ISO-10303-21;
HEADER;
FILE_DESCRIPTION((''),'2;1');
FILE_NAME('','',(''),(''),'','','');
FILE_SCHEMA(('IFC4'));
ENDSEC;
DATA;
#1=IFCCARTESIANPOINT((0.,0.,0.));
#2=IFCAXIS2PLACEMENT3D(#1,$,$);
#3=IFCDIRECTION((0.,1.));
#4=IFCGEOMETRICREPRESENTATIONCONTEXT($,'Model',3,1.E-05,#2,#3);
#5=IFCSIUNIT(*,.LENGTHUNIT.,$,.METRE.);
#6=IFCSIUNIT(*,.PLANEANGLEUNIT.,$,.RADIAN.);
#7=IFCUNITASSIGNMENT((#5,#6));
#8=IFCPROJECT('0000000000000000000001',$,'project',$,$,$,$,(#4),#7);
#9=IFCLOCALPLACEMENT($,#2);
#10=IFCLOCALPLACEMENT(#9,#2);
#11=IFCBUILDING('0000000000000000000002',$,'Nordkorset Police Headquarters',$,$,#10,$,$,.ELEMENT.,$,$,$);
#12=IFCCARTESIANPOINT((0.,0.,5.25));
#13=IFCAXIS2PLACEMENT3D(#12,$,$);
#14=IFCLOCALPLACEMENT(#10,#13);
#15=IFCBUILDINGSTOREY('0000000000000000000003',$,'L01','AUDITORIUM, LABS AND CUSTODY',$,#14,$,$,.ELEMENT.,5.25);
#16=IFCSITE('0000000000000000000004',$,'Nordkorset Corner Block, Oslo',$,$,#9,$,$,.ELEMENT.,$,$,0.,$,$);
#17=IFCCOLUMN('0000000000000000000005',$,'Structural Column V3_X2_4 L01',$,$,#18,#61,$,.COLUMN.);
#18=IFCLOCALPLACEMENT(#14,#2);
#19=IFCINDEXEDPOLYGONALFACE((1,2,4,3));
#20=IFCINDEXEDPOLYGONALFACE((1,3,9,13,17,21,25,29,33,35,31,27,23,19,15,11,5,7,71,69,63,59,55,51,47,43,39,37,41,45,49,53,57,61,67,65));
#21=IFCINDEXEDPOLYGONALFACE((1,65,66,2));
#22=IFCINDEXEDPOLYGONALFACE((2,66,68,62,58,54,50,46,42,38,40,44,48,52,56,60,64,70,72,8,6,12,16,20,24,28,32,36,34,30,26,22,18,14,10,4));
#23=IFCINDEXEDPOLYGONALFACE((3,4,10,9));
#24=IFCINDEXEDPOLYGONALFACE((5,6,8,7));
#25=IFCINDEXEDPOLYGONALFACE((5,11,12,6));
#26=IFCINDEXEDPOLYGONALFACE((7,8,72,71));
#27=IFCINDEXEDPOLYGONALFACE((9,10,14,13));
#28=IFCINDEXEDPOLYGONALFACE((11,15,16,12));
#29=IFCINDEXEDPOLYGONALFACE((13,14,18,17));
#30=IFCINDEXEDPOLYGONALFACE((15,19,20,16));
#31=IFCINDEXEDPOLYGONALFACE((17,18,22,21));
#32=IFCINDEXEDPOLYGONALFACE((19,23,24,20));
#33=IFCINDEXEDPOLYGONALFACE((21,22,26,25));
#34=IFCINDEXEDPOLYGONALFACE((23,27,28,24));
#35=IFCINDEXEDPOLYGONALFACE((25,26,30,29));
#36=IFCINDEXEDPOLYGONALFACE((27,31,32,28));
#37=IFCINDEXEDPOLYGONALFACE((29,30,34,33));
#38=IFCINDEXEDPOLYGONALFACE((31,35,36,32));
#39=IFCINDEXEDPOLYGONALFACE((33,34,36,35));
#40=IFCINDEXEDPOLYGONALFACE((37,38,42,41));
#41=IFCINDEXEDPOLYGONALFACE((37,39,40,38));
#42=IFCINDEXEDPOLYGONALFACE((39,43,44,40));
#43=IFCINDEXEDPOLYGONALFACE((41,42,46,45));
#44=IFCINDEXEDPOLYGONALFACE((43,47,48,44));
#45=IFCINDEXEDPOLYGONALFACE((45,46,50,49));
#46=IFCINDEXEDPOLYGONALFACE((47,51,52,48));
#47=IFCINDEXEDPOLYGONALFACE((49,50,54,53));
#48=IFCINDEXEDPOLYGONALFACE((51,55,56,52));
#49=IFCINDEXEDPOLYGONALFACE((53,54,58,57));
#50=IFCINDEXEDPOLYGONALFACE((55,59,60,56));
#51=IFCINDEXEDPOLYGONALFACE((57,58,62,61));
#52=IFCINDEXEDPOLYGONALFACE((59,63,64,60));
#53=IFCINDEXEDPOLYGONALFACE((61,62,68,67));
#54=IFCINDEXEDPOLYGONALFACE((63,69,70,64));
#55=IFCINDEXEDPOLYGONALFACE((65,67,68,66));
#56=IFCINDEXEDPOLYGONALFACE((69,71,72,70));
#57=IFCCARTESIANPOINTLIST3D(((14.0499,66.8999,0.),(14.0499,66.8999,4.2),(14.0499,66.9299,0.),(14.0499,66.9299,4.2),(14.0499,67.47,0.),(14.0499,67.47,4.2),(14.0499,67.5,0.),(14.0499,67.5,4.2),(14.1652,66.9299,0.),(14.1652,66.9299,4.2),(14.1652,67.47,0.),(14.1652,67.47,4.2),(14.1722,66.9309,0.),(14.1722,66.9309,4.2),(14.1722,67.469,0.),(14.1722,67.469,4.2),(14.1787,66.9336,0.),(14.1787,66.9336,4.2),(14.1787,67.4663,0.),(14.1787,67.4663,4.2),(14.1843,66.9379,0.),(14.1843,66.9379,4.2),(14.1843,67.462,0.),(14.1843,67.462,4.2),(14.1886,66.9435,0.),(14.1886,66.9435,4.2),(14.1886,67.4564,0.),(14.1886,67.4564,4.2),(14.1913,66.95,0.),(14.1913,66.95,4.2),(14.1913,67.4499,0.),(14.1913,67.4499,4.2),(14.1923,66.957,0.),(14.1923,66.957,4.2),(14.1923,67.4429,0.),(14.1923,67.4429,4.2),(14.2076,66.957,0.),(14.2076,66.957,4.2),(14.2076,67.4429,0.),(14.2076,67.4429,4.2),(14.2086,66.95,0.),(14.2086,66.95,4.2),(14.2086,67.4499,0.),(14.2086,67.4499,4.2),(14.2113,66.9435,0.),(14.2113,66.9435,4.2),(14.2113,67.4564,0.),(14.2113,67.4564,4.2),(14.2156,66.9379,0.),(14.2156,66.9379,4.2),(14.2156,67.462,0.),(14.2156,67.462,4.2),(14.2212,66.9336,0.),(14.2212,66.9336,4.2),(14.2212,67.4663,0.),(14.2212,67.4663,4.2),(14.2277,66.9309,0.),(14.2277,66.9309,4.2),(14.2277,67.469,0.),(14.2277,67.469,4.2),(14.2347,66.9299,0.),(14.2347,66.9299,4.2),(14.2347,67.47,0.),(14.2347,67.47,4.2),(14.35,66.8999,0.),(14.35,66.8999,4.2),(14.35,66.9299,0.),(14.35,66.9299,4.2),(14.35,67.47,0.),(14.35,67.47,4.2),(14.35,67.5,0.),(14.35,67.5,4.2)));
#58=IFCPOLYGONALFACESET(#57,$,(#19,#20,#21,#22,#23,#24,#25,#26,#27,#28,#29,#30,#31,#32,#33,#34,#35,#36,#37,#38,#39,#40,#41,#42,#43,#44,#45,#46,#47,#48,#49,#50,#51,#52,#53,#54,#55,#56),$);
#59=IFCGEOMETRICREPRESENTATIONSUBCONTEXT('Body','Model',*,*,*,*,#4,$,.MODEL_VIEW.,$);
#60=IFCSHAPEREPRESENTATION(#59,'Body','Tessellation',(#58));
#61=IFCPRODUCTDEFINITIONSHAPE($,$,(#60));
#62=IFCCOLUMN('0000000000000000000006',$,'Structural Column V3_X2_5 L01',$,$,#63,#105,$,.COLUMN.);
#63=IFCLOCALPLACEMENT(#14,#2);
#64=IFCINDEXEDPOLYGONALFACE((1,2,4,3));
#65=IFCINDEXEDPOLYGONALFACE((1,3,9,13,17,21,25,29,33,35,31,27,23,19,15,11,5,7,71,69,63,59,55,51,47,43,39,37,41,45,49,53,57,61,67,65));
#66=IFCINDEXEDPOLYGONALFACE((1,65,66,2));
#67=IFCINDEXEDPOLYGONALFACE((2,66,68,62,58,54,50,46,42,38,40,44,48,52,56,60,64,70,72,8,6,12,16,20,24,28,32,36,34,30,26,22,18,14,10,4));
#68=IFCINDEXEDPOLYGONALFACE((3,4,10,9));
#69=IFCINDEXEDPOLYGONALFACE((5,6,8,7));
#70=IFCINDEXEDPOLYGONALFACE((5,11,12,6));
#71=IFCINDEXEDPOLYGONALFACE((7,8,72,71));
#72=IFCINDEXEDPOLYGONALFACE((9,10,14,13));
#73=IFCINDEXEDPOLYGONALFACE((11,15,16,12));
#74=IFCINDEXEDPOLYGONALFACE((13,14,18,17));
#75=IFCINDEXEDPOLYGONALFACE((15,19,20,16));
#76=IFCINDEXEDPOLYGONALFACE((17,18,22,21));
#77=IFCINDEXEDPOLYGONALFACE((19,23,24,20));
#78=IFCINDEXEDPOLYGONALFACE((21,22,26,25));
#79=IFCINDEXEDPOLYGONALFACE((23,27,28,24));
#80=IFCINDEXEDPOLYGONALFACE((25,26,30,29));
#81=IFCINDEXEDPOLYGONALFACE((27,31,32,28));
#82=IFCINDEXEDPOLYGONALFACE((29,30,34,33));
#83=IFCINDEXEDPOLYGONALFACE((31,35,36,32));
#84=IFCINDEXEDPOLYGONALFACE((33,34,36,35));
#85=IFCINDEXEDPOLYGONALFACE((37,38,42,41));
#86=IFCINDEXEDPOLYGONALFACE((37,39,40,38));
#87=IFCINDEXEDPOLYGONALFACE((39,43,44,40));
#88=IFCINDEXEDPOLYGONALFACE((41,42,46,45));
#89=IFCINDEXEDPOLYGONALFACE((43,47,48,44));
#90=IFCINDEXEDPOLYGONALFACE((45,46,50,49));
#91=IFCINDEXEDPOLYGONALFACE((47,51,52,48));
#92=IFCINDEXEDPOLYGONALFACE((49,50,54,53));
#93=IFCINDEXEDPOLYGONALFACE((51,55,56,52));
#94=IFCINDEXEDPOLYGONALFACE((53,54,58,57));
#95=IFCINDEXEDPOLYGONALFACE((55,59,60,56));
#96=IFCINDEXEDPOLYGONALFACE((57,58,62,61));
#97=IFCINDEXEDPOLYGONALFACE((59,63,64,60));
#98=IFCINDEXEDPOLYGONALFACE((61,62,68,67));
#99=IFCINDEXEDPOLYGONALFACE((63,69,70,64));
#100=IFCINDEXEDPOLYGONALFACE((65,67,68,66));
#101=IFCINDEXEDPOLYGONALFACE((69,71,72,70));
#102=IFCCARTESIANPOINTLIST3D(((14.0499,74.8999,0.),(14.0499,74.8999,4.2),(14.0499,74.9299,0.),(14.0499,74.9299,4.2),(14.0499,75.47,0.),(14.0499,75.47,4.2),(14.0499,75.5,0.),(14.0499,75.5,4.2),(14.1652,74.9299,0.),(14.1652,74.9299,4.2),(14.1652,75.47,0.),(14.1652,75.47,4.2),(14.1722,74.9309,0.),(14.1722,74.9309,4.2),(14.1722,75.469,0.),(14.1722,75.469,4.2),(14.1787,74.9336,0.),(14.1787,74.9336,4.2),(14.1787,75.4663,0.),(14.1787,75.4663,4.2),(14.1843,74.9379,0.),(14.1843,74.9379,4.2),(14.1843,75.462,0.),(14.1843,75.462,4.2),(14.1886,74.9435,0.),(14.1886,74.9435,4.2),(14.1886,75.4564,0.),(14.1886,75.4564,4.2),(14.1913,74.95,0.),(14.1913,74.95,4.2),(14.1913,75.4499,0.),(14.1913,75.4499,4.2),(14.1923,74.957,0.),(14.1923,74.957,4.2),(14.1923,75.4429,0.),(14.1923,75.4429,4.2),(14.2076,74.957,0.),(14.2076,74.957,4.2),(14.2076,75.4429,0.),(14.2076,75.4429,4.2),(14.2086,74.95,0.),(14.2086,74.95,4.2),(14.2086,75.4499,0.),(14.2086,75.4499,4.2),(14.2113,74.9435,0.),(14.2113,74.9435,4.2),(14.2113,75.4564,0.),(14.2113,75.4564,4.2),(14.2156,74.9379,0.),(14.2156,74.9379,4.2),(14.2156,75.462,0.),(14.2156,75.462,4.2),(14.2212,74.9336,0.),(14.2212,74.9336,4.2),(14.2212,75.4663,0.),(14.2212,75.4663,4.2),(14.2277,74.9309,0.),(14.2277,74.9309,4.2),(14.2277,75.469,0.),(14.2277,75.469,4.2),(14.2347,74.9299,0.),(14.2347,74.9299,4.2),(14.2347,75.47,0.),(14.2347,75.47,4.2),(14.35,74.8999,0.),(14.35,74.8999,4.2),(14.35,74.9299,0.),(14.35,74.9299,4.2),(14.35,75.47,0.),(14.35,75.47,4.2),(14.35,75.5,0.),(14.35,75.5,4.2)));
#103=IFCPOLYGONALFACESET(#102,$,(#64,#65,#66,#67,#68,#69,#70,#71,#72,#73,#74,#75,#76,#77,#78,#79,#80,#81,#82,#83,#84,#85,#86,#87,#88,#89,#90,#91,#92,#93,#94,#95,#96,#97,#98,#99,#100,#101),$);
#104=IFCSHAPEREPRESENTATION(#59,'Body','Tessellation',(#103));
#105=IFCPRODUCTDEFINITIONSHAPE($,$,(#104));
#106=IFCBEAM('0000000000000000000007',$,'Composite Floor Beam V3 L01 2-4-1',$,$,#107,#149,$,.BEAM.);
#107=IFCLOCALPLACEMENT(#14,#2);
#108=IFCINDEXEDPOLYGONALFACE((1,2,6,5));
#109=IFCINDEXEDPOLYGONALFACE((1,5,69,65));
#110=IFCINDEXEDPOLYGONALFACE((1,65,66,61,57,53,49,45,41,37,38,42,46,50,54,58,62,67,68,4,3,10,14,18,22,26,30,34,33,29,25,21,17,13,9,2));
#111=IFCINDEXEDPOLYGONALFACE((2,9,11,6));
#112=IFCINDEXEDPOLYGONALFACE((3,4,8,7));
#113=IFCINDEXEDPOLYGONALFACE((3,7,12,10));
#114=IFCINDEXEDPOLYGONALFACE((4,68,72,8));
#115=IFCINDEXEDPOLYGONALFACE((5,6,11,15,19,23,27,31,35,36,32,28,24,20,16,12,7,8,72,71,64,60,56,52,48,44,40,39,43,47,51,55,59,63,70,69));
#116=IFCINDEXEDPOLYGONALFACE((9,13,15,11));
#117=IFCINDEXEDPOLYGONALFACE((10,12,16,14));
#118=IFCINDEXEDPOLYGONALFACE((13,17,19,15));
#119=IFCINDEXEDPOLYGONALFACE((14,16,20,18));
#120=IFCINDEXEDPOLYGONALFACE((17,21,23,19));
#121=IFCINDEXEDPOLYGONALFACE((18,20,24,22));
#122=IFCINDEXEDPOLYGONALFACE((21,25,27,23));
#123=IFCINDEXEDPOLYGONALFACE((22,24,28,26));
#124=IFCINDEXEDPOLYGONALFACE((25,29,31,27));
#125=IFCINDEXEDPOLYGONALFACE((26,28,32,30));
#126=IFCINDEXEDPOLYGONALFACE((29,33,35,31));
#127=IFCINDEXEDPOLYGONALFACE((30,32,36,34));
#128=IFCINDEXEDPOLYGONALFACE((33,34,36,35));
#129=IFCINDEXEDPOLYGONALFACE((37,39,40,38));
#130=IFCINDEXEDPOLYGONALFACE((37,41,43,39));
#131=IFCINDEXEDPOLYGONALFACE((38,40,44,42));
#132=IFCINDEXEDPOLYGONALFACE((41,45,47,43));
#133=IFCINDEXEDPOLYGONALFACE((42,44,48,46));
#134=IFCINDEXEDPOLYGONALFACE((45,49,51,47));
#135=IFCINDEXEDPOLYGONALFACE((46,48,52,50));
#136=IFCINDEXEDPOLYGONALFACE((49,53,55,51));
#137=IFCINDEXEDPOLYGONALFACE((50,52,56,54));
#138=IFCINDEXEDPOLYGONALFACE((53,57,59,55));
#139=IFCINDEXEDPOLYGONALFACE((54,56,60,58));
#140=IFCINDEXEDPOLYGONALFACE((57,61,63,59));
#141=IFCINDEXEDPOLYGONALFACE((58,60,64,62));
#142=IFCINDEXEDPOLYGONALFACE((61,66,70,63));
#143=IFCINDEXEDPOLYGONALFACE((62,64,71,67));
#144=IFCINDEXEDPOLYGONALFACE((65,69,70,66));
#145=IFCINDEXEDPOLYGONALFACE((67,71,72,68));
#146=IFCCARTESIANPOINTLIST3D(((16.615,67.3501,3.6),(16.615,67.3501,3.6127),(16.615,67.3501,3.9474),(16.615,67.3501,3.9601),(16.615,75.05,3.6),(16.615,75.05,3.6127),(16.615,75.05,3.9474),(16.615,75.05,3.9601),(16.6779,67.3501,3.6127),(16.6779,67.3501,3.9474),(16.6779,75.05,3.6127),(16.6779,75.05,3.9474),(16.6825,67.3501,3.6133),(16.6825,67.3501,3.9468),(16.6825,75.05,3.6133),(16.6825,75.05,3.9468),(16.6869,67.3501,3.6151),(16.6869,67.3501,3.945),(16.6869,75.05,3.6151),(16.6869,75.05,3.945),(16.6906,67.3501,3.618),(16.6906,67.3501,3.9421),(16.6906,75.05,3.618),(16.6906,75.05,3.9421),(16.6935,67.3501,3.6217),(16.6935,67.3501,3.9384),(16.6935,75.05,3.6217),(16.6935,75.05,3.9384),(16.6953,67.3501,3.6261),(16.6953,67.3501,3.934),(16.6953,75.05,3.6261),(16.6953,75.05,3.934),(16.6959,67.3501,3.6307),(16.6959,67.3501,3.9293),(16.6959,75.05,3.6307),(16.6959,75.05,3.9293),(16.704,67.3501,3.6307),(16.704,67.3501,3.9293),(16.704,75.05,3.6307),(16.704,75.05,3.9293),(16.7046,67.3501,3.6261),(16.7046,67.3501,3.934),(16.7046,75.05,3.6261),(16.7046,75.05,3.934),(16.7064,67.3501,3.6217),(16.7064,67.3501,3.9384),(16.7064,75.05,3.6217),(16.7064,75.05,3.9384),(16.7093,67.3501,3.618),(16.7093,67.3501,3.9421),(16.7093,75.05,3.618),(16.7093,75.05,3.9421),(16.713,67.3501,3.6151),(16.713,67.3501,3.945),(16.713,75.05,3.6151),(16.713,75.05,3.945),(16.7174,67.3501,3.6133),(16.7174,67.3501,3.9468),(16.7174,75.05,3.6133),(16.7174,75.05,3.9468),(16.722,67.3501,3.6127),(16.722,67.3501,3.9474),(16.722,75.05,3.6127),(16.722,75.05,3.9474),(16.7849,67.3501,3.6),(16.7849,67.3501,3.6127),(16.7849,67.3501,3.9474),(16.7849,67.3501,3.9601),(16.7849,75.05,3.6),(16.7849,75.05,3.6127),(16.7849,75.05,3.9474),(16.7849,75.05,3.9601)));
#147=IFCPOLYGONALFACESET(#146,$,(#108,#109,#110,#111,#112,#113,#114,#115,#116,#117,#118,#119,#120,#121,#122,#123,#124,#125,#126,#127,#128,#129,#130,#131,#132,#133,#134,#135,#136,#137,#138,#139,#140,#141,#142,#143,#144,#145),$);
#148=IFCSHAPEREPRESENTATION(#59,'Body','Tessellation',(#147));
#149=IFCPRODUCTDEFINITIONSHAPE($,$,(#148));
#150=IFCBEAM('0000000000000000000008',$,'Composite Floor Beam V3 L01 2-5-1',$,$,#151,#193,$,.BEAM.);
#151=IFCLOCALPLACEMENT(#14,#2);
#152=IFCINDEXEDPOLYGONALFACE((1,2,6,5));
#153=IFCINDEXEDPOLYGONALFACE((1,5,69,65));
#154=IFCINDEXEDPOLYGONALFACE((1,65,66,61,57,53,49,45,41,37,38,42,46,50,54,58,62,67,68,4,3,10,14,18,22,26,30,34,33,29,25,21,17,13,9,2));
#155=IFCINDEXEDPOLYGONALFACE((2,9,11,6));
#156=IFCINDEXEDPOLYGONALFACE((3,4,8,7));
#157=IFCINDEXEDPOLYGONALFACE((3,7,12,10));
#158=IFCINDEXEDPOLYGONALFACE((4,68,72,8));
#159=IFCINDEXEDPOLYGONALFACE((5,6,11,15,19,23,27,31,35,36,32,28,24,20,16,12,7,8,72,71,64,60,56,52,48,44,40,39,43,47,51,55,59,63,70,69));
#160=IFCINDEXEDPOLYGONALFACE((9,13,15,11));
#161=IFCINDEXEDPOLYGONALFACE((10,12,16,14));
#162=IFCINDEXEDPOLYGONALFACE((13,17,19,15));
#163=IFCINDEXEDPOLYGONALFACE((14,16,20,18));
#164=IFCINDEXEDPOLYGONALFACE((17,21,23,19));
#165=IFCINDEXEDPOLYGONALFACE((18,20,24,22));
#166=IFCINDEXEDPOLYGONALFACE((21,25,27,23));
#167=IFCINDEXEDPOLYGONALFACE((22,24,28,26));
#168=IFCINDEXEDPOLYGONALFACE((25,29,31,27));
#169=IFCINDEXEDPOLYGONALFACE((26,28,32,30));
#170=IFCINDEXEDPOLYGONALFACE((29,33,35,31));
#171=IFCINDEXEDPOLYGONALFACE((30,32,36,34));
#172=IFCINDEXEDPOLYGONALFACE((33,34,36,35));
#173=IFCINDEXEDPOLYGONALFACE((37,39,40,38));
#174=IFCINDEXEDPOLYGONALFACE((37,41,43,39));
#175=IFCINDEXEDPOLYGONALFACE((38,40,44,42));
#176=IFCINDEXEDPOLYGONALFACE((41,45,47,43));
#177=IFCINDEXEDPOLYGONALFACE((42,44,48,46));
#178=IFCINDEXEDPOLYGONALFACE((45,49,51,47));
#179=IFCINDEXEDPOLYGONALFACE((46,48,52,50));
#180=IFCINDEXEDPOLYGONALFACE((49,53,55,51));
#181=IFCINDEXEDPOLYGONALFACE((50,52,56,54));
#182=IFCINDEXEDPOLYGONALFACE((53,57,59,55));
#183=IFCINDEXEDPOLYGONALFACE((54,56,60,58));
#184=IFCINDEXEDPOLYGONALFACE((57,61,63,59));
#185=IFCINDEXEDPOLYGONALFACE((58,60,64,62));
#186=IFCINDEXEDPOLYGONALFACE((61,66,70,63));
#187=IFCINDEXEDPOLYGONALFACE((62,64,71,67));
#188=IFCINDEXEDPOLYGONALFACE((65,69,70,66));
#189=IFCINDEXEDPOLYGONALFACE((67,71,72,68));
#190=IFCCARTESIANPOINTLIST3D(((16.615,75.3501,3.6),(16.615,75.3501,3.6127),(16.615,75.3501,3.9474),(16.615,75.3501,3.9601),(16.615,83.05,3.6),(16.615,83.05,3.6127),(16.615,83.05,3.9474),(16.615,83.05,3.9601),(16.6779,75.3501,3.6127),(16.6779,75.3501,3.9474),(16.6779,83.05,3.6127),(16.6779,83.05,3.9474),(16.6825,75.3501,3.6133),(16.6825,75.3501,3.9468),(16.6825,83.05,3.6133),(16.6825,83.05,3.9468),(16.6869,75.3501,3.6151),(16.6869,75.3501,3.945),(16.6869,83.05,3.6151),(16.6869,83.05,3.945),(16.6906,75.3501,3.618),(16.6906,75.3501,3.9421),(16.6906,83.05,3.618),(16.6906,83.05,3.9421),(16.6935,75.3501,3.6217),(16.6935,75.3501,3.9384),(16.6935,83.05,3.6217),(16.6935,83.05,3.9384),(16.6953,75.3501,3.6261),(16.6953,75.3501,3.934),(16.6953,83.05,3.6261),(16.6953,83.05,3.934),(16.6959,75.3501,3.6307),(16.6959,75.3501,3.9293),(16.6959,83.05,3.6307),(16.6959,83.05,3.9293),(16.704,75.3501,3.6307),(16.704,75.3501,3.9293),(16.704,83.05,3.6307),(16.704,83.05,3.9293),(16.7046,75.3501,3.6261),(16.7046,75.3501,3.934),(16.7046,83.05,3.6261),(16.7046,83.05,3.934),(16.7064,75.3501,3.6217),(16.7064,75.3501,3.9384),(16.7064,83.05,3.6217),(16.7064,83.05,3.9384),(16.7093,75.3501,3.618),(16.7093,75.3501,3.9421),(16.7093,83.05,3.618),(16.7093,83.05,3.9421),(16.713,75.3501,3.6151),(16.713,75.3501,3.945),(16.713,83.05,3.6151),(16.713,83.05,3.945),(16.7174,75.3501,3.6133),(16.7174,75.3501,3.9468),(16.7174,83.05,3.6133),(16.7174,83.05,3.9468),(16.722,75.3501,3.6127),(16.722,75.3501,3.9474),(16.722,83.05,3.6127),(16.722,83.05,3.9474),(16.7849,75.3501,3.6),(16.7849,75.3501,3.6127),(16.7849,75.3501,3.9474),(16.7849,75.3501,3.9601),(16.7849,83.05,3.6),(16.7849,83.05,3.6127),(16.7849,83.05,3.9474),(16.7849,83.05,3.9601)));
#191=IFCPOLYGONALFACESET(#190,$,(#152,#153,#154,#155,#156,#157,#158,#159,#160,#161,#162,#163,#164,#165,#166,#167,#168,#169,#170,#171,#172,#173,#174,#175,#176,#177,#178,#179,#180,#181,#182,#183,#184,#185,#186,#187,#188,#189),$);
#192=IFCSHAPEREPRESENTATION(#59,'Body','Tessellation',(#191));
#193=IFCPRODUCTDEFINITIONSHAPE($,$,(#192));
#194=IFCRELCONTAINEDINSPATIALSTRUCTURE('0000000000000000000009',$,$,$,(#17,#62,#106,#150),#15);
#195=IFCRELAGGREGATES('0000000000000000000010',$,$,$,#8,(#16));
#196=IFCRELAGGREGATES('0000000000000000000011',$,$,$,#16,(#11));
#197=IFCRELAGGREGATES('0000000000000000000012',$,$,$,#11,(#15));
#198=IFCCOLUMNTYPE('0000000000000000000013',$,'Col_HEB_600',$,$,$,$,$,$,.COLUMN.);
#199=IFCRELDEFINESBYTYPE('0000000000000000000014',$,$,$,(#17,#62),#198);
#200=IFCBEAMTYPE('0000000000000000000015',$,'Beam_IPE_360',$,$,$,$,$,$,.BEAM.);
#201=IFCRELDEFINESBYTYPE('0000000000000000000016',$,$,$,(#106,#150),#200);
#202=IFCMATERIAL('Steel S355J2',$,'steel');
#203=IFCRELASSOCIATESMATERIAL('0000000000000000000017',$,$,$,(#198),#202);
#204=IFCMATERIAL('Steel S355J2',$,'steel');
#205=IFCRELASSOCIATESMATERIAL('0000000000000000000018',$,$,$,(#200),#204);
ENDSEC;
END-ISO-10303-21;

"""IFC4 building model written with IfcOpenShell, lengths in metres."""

from ifc_helpers import new_model, si_unit, direction, frame, origin, origin_2d, place, context, subcontext, project, spatial, i_section, extrude, material, material_profile, profile_set, type_object, element, save


model = new_model("IFC4")

# Units and contexts
model_context = context("Model", 3, precision=1e-05, world=origin(), true_north=direction((0.0, 1.0)))
body_context = subcontext(model_context, "Body", "Model", "MODEL_VIEW")
ifc_project = project(units=[si_unit("LENGTHUNIT", "METRE"), si_unit("PLANEANGLEUNIT", "RADIAN")], contexts=[model_context])

# Site, building, storey
site_placement = place(None, origin())
site = spatial("IfcSite", under=ifc_project, at=site_placement, Name="Nordkorset Corner Block, Oslo", CompositionType="ELEMENT", RefElevation=0.0)
building_placement = place(site_placement, origin())
building = spatial("IfcBuilding", under=site, at=building_placement, Name="Nordkorset Police Headquarters", CompositionType="ELEMENT")
storey_placement = place(building_placement, frame((0.0, 0.0, 5.25)))
storey = spatial("IfcBuildingStorey", under=building, at=storey_placement, Name="L01", Description="AUDITORIUM, LABS AND CUSTODY", CompositionType="ELEMENT", Elevation=5.25)

# Columns
ifc_material_1 = material(Name="Steel S355J2", Category="steel")
ifc_material_profile_1 = material_profile(ifc_material_1, i_section(OverallWidth=0.3, OverallDepth=0.6001, WebThickness=0.0154, FlangeThickness=0.03, FilletRadius=0.0271, at=origin_2d()), Name="HEB 600")
ifc_profile_set_1 = profile_set([ifc_material_profile_1], Name="Steel S355J2")
column_type = type_object("IfcColumnType", Name="Col_HEB_600", PredefinedType="COLUMN", material=ifc_profile_set_1)
for number, where, z_axis, x_axis, name in (
    (1, (14.2, 67.2, 0.0), (0.0, 0.0, 1.0), (1.0, 0.0, 0.0), "Structural Column V3_X2_4 L01"),
    (2, (14.2, 75.2, 0.0), (0.0, 0.0, 1.0), (1.0, 0.0, 0.0), "Structural Column V3_X2_5 L01"),
):
    element("IfcColumn", number, at=place(storey_placement, frame(where, z_axis=z_axis, x_axis=x_axis)), inside=storey, type_object=column_type, Name=name, PredefinedType="COLUMN", context=body_context, shape_type="SweptSolid", body=[
        extrude(i_section(OverallWidth=0.3, OverallDepth=0.6001, WebThickness=0.0154, FlangeThickness=0.03, FilletRadius=0.0271, at=origin_2d()), origin(), (0.0, 0.0, 1.0), 4.2),
    ])

# Beams
ifc_material_2 = material(Name="Steel S355J2", Category="steel")
ifc_material_profile_2 = material_profile(ifc_material_2, i_section(OverallWidth=0.1699, OverallDepth=0.3601, WebThickness=0.0081, FlangeThickness=0.0127, FilletRadius=0.0181, at=origin_2d()), Name="IPE 360")
ifc_profile_set_2 = profile_set([ifc_material_profile_2], Name="Steel S355J2")
beam_type_1 = type_object("IfcBeamType", Name="Beam_IPE_360", PredefinedType="BEAM", material=ifc_profile_set_2)
for number, where, z_axis, x_axis, name in (
    (3, (16.7, 67.3501, 3.78), (0.0, 1.0, 0.0), (-1.0, 0.0, 0.0), "Composite Floor Beam V3 L01 2-4-1"),
    (4, (16.7, 75.3501, 3.78), (0.0, 1.0, 0.0), (-1.0, 0.0, 0.0), "Composite Floor Beam V3 L01 2-5-1"),
):
    element("IfcBeam", number, at=place(storey_placement, frame(where, z_axis=z_axis, x_axis=x_axis)), inside=storey, type_object=beam_type_1, Name=name, PredefinedType="BEAM", context=body_context, shape_type="SweptSolid", body=[
        extrude(i_section(OverallWidth=0.1699, OverallDepth=0.3601, WebThickness=0.0081, FlangeThickness=0.0127, FilletRadius=0.0181, at=origin_2d()), origin(), (0.0, 0.0, 1.0), 7.7),
    ])

save(model, "model.ifc")
